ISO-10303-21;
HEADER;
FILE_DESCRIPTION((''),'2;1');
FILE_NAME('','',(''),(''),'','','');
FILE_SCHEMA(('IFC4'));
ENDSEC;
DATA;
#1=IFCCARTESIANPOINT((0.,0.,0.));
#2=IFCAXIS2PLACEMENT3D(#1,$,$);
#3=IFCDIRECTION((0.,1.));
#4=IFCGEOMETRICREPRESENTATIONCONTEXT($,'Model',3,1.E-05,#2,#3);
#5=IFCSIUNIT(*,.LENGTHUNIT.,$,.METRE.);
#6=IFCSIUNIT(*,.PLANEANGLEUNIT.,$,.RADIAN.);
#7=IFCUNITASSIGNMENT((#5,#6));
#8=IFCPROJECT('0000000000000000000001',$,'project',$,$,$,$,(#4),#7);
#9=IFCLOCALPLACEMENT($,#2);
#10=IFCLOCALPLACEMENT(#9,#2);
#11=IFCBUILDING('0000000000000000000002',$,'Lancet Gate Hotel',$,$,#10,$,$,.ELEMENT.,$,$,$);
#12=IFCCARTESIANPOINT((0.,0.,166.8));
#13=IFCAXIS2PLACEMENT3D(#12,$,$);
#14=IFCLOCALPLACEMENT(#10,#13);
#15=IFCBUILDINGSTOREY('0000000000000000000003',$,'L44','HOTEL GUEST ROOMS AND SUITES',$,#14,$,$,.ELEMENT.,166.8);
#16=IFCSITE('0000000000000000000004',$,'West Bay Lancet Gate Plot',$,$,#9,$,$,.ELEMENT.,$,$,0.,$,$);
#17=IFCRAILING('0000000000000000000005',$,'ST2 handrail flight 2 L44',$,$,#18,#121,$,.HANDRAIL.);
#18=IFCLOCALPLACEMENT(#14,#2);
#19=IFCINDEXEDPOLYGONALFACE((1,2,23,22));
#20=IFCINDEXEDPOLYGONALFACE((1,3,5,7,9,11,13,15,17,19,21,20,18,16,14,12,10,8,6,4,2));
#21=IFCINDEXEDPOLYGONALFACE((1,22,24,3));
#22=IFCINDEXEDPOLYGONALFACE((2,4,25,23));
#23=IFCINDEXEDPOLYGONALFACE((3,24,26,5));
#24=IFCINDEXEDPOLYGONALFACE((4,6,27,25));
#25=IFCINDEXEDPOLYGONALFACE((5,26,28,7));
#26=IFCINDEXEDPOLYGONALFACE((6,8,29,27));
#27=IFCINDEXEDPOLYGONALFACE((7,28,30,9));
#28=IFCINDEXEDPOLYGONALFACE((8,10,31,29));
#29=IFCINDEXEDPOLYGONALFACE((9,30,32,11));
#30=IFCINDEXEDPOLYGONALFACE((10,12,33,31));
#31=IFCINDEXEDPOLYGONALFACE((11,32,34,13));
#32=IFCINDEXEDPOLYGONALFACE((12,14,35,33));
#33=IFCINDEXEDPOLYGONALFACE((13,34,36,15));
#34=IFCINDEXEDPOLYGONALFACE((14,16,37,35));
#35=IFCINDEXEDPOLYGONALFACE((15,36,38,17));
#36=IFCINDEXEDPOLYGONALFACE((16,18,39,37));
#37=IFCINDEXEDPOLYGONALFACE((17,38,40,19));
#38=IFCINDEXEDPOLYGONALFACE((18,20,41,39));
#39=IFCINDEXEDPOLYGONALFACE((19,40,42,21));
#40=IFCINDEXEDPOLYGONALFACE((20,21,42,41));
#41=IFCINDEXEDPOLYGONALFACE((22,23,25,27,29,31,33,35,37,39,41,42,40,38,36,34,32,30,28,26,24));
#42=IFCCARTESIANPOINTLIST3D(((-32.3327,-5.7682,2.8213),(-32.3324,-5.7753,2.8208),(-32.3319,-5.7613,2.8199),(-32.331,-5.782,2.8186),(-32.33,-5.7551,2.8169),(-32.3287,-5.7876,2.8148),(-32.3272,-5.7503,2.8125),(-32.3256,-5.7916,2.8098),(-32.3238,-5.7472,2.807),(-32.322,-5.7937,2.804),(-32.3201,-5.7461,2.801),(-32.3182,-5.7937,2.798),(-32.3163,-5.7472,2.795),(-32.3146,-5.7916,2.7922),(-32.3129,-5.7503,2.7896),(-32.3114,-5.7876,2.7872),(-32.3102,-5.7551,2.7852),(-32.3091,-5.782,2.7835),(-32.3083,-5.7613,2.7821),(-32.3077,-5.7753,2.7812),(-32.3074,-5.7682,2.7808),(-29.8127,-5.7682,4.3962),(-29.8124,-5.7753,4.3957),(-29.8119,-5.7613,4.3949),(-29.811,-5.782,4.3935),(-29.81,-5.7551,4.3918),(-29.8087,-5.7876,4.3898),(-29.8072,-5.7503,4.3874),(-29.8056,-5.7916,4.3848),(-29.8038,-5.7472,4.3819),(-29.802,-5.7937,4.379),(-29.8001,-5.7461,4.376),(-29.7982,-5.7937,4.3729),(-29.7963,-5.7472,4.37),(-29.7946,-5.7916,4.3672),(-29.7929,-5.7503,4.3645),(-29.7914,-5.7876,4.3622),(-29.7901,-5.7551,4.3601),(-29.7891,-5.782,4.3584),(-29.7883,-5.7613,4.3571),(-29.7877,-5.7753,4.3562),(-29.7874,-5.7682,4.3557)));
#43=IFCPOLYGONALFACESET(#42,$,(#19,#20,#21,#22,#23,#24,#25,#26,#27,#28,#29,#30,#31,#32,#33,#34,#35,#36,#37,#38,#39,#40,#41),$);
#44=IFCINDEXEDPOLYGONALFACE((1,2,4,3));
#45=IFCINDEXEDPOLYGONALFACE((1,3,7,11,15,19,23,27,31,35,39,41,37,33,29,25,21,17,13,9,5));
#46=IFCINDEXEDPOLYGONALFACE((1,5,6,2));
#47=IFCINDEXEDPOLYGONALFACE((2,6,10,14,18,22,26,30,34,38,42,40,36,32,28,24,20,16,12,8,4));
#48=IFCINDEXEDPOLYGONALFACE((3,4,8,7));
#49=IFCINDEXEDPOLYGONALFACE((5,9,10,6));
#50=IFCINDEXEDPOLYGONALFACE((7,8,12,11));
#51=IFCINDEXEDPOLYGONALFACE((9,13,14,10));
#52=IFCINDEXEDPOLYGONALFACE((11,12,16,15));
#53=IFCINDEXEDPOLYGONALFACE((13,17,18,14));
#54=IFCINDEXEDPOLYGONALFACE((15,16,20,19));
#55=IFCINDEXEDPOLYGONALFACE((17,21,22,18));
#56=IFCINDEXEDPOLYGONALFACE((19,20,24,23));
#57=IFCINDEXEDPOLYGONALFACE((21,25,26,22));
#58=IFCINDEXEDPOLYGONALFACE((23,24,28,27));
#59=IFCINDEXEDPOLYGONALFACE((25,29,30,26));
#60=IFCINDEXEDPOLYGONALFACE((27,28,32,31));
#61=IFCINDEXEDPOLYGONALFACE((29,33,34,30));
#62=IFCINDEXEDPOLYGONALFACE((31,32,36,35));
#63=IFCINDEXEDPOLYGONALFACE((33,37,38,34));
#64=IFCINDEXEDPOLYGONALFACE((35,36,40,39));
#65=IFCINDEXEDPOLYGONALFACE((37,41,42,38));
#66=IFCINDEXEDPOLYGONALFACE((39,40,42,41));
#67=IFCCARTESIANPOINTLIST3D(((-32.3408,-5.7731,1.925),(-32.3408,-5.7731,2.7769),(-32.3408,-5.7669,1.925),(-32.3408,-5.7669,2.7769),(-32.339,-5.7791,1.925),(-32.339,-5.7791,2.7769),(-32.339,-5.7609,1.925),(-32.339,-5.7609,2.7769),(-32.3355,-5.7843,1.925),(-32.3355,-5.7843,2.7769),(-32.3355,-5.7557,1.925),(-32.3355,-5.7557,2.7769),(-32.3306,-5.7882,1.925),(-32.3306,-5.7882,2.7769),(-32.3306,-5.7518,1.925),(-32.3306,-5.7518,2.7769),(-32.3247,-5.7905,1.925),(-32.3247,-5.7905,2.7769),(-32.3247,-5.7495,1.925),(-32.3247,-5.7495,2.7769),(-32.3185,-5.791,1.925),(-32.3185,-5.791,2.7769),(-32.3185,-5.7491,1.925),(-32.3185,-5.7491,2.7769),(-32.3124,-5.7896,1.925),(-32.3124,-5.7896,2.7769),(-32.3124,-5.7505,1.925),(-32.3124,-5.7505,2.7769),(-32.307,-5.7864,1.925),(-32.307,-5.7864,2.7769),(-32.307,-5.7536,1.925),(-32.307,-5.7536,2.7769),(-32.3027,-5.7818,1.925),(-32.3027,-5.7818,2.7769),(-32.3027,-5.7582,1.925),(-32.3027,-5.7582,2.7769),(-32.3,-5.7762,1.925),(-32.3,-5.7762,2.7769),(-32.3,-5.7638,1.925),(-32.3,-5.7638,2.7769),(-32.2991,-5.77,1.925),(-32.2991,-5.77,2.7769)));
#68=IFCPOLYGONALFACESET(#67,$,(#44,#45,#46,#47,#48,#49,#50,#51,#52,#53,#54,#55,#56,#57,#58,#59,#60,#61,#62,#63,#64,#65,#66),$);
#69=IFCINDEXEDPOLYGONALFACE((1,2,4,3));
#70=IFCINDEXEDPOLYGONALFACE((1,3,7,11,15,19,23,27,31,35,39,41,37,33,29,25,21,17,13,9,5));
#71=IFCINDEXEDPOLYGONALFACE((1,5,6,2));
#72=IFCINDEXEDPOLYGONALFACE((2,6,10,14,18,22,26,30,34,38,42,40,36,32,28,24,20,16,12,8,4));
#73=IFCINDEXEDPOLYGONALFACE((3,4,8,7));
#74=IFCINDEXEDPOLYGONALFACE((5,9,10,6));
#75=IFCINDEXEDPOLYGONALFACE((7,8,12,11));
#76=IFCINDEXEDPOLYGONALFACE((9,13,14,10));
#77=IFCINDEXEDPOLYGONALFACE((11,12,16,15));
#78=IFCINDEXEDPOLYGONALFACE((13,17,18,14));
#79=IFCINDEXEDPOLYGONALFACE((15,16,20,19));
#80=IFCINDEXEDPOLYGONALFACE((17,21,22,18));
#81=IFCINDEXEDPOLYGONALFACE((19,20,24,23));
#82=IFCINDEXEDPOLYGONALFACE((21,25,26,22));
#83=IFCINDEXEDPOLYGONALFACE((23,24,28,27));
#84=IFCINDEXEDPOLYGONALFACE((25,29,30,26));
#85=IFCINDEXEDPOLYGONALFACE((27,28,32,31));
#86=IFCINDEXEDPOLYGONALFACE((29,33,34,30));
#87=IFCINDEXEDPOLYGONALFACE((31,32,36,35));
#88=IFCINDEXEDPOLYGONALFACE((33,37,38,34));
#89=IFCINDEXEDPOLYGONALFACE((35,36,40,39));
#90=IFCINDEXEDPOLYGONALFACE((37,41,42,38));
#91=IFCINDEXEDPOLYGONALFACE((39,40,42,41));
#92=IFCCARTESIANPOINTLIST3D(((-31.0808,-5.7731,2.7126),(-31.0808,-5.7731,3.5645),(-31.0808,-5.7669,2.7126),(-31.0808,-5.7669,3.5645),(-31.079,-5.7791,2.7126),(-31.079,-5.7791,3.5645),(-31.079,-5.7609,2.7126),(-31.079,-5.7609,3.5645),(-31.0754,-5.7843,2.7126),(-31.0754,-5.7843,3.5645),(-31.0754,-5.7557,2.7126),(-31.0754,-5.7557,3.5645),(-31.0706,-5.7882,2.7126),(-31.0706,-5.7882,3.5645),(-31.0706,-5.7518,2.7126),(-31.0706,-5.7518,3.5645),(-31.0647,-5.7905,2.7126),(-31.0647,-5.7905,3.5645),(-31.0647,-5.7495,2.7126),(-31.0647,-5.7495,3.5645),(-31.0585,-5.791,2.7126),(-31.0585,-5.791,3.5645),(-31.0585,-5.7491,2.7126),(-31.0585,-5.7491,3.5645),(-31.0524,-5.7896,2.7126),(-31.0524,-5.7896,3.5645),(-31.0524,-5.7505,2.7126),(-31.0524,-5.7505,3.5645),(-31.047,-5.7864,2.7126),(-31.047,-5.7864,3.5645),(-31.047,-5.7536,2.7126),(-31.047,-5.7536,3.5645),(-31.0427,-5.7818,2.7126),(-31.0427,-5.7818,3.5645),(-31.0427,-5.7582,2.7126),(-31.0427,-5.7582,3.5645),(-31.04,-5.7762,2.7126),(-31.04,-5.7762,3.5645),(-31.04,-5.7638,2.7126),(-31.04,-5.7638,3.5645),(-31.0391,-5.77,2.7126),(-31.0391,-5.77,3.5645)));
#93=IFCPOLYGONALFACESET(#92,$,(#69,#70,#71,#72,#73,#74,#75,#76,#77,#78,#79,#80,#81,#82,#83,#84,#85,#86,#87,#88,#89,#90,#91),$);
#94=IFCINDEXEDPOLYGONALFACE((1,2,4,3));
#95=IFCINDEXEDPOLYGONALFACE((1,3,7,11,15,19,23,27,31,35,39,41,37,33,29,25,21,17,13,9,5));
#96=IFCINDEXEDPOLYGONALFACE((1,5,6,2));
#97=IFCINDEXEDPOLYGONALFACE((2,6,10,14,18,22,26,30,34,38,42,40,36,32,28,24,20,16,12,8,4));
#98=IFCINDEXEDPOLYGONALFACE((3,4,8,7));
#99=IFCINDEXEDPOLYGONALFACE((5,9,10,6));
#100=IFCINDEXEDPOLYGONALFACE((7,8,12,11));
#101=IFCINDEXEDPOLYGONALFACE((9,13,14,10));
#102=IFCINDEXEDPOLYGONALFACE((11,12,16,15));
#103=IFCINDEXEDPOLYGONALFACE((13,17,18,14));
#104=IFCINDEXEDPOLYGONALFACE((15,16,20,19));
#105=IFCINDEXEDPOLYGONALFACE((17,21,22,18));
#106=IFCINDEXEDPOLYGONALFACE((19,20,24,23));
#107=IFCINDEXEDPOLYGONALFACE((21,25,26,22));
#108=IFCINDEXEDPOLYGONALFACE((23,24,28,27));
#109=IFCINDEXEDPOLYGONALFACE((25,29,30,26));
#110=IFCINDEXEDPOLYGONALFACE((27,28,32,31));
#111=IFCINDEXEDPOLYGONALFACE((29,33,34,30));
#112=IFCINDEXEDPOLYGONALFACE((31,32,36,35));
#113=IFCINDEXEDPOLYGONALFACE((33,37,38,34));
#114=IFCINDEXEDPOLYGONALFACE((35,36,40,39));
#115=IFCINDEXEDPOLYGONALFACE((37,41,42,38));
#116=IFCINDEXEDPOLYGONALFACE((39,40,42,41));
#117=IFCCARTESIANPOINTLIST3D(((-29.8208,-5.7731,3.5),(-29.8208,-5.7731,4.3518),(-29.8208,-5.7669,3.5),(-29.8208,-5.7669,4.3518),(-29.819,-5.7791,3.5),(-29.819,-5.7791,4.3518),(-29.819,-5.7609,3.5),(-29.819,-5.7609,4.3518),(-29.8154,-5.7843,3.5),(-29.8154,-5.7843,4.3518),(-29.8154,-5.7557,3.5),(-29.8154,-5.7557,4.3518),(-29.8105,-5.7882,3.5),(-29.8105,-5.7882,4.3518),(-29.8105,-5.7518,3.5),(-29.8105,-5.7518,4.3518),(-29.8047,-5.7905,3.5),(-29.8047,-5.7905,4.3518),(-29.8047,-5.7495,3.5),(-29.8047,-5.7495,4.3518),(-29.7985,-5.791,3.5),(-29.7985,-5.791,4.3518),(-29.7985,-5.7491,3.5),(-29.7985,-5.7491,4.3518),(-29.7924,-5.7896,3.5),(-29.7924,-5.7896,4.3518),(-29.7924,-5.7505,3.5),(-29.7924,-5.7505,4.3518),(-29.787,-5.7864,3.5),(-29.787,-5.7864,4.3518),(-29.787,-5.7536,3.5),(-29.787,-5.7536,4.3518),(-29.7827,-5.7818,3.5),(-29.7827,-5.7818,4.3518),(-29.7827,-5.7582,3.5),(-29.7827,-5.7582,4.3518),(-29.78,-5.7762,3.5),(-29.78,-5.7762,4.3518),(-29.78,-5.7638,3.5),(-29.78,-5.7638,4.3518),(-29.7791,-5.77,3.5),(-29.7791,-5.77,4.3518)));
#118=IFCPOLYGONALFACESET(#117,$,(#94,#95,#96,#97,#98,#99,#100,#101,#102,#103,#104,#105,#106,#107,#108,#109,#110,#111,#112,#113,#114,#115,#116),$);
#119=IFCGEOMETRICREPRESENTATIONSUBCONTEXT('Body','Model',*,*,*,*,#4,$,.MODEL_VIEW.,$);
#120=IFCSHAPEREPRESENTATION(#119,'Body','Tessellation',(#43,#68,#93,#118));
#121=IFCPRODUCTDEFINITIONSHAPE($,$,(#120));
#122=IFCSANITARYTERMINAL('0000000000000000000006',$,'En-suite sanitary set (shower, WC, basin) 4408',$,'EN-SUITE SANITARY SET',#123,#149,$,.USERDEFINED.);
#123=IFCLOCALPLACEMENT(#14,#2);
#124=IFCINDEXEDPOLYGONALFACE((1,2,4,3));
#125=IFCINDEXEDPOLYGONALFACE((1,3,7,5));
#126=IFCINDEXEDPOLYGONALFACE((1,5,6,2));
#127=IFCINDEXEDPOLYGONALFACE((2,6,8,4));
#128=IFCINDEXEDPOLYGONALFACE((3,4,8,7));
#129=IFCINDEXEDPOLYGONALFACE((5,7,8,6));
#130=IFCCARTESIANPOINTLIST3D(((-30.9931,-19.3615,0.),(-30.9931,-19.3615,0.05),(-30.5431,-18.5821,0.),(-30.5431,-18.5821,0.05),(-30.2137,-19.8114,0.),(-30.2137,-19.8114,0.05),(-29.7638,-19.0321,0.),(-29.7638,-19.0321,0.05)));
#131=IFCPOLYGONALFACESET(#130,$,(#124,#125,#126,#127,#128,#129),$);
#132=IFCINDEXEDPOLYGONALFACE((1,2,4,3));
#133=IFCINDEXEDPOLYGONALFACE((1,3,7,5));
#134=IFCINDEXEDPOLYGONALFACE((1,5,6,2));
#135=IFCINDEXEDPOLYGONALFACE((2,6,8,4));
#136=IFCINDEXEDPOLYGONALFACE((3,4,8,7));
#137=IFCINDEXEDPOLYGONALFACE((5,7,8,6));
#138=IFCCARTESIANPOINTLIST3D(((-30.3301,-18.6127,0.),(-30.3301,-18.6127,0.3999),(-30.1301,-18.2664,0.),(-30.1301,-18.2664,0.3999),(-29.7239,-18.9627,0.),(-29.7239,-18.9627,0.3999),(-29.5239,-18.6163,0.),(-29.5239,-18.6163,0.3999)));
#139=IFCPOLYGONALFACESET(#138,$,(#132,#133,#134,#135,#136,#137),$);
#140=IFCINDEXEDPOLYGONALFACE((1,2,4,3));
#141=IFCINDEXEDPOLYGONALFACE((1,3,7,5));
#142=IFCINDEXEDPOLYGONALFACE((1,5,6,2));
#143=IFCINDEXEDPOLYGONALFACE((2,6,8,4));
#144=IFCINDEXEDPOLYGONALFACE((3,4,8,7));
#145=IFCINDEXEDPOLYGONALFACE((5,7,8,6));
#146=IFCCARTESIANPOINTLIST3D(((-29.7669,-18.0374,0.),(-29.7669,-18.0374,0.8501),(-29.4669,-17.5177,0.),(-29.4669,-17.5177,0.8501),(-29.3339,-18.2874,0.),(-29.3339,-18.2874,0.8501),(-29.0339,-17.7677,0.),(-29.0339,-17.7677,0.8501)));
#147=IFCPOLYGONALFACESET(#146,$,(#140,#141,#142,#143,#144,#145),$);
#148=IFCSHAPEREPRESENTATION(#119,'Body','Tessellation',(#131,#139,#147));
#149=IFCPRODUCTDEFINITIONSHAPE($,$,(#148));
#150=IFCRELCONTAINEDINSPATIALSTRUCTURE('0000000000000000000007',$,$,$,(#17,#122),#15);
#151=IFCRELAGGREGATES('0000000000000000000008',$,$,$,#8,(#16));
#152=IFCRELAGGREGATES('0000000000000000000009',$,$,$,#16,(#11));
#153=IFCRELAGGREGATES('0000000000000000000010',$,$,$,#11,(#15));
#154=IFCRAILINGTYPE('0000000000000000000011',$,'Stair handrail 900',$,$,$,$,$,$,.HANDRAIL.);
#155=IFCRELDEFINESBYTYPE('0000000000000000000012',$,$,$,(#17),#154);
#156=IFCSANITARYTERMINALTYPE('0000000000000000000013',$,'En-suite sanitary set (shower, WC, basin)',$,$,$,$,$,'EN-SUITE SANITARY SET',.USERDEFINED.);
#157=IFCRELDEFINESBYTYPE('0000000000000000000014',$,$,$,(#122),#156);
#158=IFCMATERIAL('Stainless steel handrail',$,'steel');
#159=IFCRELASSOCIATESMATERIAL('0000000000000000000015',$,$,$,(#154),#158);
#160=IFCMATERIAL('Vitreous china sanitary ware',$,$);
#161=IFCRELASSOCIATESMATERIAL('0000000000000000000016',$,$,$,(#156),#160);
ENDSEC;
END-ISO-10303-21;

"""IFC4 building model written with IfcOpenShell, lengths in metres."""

from ifc_helpers import new_model, si_unit, direction, frame, origin, origin_2d, place, context, subcontext, project, spatial, rectangle, circle, extrude, material, type_object, element, save


model = new_model("IFC4")

# Units and contexts
model_context = context("Model", 3, precision=1e-05, world=origin(), true_north=direction((0.0, 1.0)))
body_context = subcontext(model_context, "Body", "Model", "MODEL_VIEW")
ifc_project = project(units=[si_unit("LENGTHUNIT", "METRE"), si_unit("PLANEANGLEUNIT", "RADIAN")], contexts=[model_context])

# Site, building, storey
site_placement = place(None, origin())
site = spatial("IfcSite", under=ifc_project, at=site_placement, Name="West Bay Lancet Gate Plot", CompositionType="ELEMENT", RefElevation=0.0)
building_placement = place(site_placement, origin())
building = spatial("IfcBuilding", under=site, at=building_placement, Name="Lancet Gate Hotel", CompositionType="ELEMENT")
storey_placement = place(building_placement, frame((0.0, 0.0, 166.8)))
storey = spatial("IfcBuildingStorey", under=building, at=storey_placement, Name="L44", Description="HOTEL GUEST ROOMS AND SUITES", CompositionType="ELEMENT", Elevation=166.8)

# Railing
ifc_material_1 = material(Name="Stainless steel handrail", Category="steel")
railing_type = type_object("IfcRailingType", Name="Stair handrail 900", PredefinedType="HANDRAIL", material=ifc_material_1)
railing_1_placement = place(storey_placement, frame((-32.3201, -5.77, 1.925)))
element("IfcRailing", 1, at=railing_1_placement, inside=storey, type_object=railing_type, Name="ST2 handrail flight 2 L44", PredefinedType="HANDRAIL", context=body_context, shape_type="SweptSolid", body=[
    extrude(circle(Radius=0.0239, at=origin_2d()), frame((0.0, 0.0, 0.876), z_axis=(0.848008, 0.0, 0.529984), x_axis=(0.0, 1.0, 0.0)), (0.0, 0.0, 1.0), 2.9717),
    extrude(circle(Radius=0.021, at=origin_2d()), origin(), (0.0, 0.0, 1.0), 0.8518),
    extrude(circle(Radius=0.021, at=origin_2d()), frame((1.26, 0.0, 0.7876)), (0.0, 0.0, 1.0), 0.8518),
    extrude(circle(Radius=0.021, at=origin_2d()), frame((2.52, 0.0, 1.575)), (0.0, 0.0, 1.0), 0.8518),
])

# Sanitary terminal
ifc_material_2 = material(Name="Vitreous china sanitary ware")
sanitary_terminal_type = type_object("IfcSanitaryTerminalType", Name="En-suite sanitary set (shower, WC, basin)", ElementType="EN-SUITE SANITARY SET", PredefinedType="USERDEFINED", material=ifc_material_2)
sanitary_terminal_placement = place(storey_placement, frame((-30.3784, -19.1968, 0.0), z_axis=(0.0, 0.0, 1.0), x_axis=(1.0, 0.0, 0.0)))
element("IfcSanitaryTerminal", 2, at=sanitary_terminal_placement, inside=storey, type_object=sanitary_terminal_type, Name="En-suite sanitary set (shower, WC, basin) 4408", ObjectType="EN-SUITE SANITARY SET", PredefinedType="USERDEFINED", context=body_context, shape_type="SweptSolid", body=[
    extrude(rectangle(XDim=0.8999, YDim=0.8999, at=origin_2d()), frame((0.0, 0.0, 0.0), z_axis=(0.0, 0.0, 1.0), x_axis=(-0.5, -0.866025, 0.0)), (0.0, 0.0, 1.0), 0.05),
    extrude(rectangle(XDim=0.3999, YDim=0.7, at=origin_2d()), frame((0.4514, 0.5823, 0.0), z_axis=(0.0, 0.0, 1.0), x_axis=(-0.5, -0.866025, 0.0)), (0.0, 0.0, 1.0), 0.3999),
    extrude(rectangle(XDim=0.6001, YDim=0.5, at=origin_2d()), frame((0.978, 1.2942, 0.0), z_axis=(0.0, 0.0, 1.0), x_axis=(-0.5, -0.866025, 0.0)), (0.0, 0.0, 1.0), 0.8501),
])

save(model, "model.ifc")
